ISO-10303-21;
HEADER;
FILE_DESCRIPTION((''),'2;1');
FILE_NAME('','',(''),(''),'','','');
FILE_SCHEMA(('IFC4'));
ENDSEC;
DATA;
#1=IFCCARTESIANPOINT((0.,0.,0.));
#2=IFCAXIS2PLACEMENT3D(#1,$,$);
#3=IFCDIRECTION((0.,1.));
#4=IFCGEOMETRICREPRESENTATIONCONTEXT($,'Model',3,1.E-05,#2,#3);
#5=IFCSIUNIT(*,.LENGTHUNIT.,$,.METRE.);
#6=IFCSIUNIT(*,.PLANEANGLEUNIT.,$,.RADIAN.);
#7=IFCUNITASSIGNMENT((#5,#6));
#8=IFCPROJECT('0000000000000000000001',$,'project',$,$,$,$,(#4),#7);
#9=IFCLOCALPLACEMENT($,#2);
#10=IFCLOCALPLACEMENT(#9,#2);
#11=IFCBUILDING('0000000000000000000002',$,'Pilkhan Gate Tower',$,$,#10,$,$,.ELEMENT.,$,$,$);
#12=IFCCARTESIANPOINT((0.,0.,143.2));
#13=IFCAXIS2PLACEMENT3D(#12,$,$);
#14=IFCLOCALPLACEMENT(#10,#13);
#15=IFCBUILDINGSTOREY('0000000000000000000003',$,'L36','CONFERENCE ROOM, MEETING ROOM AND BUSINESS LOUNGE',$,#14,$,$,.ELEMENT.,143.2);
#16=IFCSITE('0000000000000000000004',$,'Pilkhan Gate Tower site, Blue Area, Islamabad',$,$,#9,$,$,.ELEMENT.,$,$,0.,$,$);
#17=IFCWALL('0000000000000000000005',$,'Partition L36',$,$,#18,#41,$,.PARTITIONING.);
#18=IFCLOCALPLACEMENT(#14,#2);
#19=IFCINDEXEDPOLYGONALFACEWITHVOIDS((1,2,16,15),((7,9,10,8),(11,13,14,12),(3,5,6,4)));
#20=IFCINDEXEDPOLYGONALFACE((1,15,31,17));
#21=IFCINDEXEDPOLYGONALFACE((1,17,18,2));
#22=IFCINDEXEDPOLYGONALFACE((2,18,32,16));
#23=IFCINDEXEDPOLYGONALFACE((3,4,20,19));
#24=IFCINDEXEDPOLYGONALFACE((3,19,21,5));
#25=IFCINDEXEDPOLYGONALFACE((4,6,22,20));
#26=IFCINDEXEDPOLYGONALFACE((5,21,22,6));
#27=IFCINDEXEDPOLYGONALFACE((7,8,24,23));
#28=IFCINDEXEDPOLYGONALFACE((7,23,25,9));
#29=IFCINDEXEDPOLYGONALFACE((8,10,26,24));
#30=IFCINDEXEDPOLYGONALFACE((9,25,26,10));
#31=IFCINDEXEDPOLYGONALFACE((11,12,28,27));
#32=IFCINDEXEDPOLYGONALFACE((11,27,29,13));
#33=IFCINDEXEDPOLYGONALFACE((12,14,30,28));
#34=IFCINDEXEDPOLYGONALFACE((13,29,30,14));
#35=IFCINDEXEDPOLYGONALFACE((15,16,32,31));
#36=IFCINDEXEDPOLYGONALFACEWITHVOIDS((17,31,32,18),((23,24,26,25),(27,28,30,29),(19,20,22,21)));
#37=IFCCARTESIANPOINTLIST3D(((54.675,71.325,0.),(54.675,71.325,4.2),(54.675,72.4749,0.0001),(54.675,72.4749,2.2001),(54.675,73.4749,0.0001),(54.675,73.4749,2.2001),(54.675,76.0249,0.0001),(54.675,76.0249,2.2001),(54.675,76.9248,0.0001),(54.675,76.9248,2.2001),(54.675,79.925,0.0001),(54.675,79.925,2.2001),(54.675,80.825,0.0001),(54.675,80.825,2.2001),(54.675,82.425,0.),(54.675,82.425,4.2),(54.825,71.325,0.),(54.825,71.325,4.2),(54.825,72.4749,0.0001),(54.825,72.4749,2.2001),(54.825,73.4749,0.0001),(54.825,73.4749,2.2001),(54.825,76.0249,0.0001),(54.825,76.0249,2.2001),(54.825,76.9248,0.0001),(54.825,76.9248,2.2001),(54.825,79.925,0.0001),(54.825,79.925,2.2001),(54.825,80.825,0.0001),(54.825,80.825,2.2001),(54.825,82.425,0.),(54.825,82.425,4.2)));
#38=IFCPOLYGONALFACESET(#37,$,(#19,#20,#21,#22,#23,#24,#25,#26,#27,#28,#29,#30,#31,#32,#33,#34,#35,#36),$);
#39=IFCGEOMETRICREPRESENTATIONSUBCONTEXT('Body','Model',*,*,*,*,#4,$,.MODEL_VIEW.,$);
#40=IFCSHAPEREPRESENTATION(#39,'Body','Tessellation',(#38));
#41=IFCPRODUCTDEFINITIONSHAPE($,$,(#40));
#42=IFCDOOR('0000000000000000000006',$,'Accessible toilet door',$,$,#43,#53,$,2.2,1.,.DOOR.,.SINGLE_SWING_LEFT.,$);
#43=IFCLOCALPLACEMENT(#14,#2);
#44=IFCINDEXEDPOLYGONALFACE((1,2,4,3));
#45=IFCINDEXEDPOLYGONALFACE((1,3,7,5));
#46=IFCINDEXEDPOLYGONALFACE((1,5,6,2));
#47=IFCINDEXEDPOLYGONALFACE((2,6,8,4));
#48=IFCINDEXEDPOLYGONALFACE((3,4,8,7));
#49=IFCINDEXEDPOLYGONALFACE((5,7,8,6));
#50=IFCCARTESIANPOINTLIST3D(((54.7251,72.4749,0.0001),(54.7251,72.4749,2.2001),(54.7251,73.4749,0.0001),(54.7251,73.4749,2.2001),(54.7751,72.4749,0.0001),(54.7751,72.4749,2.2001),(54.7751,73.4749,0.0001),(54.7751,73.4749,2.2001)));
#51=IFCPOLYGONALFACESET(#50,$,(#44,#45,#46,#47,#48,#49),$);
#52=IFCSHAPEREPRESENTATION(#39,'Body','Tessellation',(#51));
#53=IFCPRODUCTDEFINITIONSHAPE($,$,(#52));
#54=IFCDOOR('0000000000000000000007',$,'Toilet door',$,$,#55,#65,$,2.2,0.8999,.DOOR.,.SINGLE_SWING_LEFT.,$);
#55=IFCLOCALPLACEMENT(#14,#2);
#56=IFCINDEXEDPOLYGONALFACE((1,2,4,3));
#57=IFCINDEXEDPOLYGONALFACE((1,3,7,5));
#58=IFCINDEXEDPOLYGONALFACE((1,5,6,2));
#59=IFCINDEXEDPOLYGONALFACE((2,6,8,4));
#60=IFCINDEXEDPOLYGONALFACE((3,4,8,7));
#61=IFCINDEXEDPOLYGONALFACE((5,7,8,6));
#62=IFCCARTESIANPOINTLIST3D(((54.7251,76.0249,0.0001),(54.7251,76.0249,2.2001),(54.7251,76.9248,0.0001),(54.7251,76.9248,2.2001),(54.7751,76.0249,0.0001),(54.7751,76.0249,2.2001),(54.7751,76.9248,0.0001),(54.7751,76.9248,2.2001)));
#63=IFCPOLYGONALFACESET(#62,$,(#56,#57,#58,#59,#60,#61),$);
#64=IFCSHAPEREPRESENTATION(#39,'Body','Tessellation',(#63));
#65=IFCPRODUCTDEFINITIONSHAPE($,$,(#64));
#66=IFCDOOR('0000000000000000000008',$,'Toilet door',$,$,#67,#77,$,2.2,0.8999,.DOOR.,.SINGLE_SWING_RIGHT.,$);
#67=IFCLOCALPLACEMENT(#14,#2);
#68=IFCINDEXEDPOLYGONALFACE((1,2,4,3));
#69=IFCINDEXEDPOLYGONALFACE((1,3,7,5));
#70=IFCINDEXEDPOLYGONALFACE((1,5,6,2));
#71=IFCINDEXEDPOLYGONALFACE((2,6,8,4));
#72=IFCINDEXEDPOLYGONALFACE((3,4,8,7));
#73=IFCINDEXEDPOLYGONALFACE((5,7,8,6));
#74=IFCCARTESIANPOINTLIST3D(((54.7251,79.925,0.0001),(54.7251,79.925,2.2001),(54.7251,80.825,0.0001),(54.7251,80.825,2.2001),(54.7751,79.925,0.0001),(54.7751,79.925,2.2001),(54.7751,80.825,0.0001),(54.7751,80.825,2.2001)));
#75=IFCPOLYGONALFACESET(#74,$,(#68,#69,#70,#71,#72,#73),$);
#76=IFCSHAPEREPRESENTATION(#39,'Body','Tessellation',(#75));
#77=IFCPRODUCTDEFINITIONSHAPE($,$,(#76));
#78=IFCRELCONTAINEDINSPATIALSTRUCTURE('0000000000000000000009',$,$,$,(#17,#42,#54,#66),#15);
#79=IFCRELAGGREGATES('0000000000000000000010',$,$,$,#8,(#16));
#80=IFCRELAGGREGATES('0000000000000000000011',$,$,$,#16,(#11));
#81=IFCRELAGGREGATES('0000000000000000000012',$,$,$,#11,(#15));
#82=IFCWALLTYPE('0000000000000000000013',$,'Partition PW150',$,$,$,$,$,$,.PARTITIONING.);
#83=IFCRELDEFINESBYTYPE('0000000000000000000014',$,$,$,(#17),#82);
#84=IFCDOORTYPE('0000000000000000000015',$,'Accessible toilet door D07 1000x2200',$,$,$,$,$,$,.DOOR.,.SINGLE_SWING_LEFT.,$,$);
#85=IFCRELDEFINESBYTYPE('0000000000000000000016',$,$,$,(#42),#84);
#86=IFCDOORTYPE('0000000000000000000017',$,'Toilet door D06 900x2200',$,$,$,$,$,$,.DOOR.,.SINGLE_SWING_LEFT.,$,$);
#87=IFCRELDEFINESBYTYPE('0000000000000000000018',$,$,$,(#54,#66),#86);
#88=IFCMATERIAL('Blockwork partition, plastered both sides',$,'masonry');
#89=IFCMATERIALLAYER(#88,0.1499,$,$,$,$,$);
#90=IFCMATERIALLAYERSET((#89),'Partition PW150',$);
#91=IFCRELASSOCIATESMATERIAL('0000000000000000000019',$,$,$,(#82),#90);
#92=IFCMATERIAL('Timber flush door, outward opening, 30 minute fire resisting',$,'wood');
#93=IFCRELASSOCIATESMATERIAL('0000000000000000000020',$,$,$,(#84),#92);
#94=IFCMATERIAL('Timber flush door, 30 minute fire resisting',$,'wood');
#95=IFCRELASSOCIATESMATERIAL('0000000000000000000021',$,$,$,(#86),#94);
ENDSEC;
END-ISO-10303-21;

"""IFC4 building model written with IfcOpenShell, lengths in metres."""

from ifc_helpers import new_model, si_unit, direction, frame, frame_2d, origin, place, context, subcontext, project, spatial, rectangle, extrude, material, layer, layer_set, type_object, element, fill, save


model = new_model("IFC4")

# Units and contexts
model_context = context("Model", 3, precision=1e-05, world=origin(), true_north=direction((0.0, 1.0)))
body_context = subcontext(model_context, "Body", "Model", "MODEL_VIEW")
ifc_project = project(units=[si_unit("LENGTHUNIT", "METRE"), si_unit("PLANEANGLEUNIT", "RADIAN")], contexts=[model_context])

# Site, building, storey
site_placement = place(None, origin())
site = spatial("IfcSite", under=ifc_project, at=site_placement, Name="Pilkhan Gate Tower site, Blue Area, Islamabad", CompositionType="ELEMENT", RefElevation=0.0)
building_placement = place(site_placement, origin())
building = spatial("IfcBuilding", under=site, at=building_placement, Name="Pilkhan Gate Tower", CompositionType="ELEMENT")
storey_placement = place(building_placement, frame((0.0, 0.0, 143.2)))
storey = spatial("IfcBuildingStorey", under=building, at=storey_placement, Name="L36", Description="CONFERENCE ROOM, MEETING ROOM AND BUSINESS LOUNGE", CompositionType="ELEMENT", Elevation=143.2)

# Shared definitions
ifc_material_1 = material(Name="Timber flush door, 30 minute fire resisting", Category="wood")

# Shared definitions
ifc_material_2 = material(Name="Blockwork partition, plastered both sides", Category="masonry")
ifc_layer_1 = layer(ifc_material_2, 0.1499)
ifc_layer_set_1 = layer_set([ifc_layer_1], Name="Partition PW150")
wall_type_1 = type_object("IfcWallType", Name="Partition PW150", PredefinedType="PARTITIONING", material=ifc_layer_set_1)

# Wall, openings, doors
wall_1_placement = place(storey_placement, frame((54.75, 71.325, 0.0), z_axis=(0.0, 0.0, 1.0), x_axis=(0.0, 1.0, 0.0)))
wall_1 = element("IfcWall", 1, at=wall_1_placement, inside=storey, type_object=wall_type_1, Name="Partition L36", PredefinedType="PARTITIONING", context=body_context, shape_type="SweptSolid", body=[
    extrude(rectangle(XDim=11.1001, YDim=0.1499, at=frame_2d((5.55, 0.0))), origin(), (0.0, 0.0, 1.0), 4.2),
])
opening_1_placement = place(wall_1_placement, frame((1.1499, 0.0, 0.0)))
opening_1 = element("IfcOpeningElement", 2, at=opening_1_placement, cuts=wall_1, PredefinedType="OPENING", context=body_context, shape_type="SweptSolid", body=[
    extrude(rectangle(XDim=1.0, YDim=2.2, at=frame_2d((0.5, 1.1001))), frame((0.0, 0.085, 0.0), z_axis=(0.0, -1.0, 0.0), x_axis=(1.0, 0.0, 0.0)), (0.0, 0.0, 1.0), 0.1699),
])
opening_2_placement = place(wall_1_placement, frame((4.7, 0.0, 0.0)))
opening_2 = element("IfcOpeningElement", 3, at=opening_2_placement, cuts=wall_1, PredefinedType="OPENING", context=body_context, shape_type="SweptSolid", body=[
    extrude(rectangle(XDim=0.8999, YDim=2.2, at=frame_2d((0.45, 1.1001))), frame((0.0, 0.085, 0.0), z_axis=(0.0, -1.0, 0.0), x_axis=(1.0, 0.0, 0.0)), (0.0, 0.0, 1.0), 0.1699),
])
opening_3_placement = place(wall_1_placement, frame((8.6001, 0.0, 0.0)))
opening_3 = element("IfcOpeningElement", 4, at=opening_3_placement, cuts=wall_1, PredefinedType="OPENING", context=body_context, shape_type="SweptSolid", body=[
    extrude(rectangle(XDim=0.8999, YDim=2.2, at=frame_2d((0.45, 1.1001))), frame((0.0, 0.085, 0.0), z_axis=(0.0, -1.0, 0.0), x_axis=(1.0, 0.0, 0.0)), (0.0, 0.0, 1.0), 0.1699),
])
ifc_material_3 = material(Name="Timber flush door, outward opening, 30 minute fire resisting", Category="wood")
door_type_1 = type_object("IfcDoorType", Name="Accessible toilet door D07 1000x2200", OperationType="SINGLE_SWING_LEFT", PredefinedType="DOOR", material=ifc_material_3)
door_1_placement = place(opening_1_placement, origin())
door_1 = element("IfcDoor", 5, at=door_1_placement, inside=storey, type_object=door_type_1, Name="Accessible toilet door", OperationType="SINGLE_SWING_LEFT", OverallHeight=2.2, OverallWidth=1.0, PredefinedType="DOOR", context=body_context, shape_type="SweptSolid", body=[
    extrude(rectangle(XDim=1.0, YDim=2.2, at=frame_2d((0.5, 1.1001))), frame((0.0, 0.0249, 0.0), z_axis=(0.0, -1.0, 0.0), x_axis=(1.0, 0.0, 0.0)), (0.0, 0.0, 1.0), 0.05),
])
fill(opening_1, door_1)
door_type_2 = type_object("IfcDoorType", Name="Toilet door D06 900x2200", OperationType="SINGLE_SWING_LEFT", PredefinedType="DOOR", material=ifc_material_1)
door_2_placement = place(opening_2_placement, origin())
door_2 = element("IfcDoor", 6, at=door_2_placement, inside=storey, type_object=door_type_2, Name="Toilet door", OperationType="SINGLE_SWING_LEFT", OverallHeight=2.2, OverallWidth=0.8999, PredefinedType="DOOR", context=body_context, shape_type="SweptSolid", body=[
    extrude(rectangle(XDim=0.8999, YDim=2.2, at=frame_2d((0.45, 1.1001))), frame((0.0, 0.0249, 0.0), z_axis=(0.0, -1.0, 0.0), x_axis=(1.0, 0.0, 0.0)), (0.0, 0.0, 1.0), 0.05),
])
fill(opening_2, door_2)
door_3_placement = place(opening_3_placement, origin())
door_3 = element("IfcDoor", 7, at=door_3_placement, inside=storey, type_object=door_type_2, Name="Toilet door", OperationType="SINGLE_SWING_RIGHT", OverallHeight=2.2, OverallWidth=0.8999, PredefinedType="DOOR", context=body_context, shape_type="SweptSolid", body=[
    extrude(rectangle(XDim=0.8999, YDim=2.2, at=frame_2d((0.45, 1.1001))), frame((0.0, 0.0249, 0.0), z_axis=(0.0, -1.0, 0.0), x_axis=(1.0, 0.0, 0.0)), (0.0, 0.0, 1.0), 0.05),
])
fill(opening_3, door_3)

save(model, "model.ifc")
